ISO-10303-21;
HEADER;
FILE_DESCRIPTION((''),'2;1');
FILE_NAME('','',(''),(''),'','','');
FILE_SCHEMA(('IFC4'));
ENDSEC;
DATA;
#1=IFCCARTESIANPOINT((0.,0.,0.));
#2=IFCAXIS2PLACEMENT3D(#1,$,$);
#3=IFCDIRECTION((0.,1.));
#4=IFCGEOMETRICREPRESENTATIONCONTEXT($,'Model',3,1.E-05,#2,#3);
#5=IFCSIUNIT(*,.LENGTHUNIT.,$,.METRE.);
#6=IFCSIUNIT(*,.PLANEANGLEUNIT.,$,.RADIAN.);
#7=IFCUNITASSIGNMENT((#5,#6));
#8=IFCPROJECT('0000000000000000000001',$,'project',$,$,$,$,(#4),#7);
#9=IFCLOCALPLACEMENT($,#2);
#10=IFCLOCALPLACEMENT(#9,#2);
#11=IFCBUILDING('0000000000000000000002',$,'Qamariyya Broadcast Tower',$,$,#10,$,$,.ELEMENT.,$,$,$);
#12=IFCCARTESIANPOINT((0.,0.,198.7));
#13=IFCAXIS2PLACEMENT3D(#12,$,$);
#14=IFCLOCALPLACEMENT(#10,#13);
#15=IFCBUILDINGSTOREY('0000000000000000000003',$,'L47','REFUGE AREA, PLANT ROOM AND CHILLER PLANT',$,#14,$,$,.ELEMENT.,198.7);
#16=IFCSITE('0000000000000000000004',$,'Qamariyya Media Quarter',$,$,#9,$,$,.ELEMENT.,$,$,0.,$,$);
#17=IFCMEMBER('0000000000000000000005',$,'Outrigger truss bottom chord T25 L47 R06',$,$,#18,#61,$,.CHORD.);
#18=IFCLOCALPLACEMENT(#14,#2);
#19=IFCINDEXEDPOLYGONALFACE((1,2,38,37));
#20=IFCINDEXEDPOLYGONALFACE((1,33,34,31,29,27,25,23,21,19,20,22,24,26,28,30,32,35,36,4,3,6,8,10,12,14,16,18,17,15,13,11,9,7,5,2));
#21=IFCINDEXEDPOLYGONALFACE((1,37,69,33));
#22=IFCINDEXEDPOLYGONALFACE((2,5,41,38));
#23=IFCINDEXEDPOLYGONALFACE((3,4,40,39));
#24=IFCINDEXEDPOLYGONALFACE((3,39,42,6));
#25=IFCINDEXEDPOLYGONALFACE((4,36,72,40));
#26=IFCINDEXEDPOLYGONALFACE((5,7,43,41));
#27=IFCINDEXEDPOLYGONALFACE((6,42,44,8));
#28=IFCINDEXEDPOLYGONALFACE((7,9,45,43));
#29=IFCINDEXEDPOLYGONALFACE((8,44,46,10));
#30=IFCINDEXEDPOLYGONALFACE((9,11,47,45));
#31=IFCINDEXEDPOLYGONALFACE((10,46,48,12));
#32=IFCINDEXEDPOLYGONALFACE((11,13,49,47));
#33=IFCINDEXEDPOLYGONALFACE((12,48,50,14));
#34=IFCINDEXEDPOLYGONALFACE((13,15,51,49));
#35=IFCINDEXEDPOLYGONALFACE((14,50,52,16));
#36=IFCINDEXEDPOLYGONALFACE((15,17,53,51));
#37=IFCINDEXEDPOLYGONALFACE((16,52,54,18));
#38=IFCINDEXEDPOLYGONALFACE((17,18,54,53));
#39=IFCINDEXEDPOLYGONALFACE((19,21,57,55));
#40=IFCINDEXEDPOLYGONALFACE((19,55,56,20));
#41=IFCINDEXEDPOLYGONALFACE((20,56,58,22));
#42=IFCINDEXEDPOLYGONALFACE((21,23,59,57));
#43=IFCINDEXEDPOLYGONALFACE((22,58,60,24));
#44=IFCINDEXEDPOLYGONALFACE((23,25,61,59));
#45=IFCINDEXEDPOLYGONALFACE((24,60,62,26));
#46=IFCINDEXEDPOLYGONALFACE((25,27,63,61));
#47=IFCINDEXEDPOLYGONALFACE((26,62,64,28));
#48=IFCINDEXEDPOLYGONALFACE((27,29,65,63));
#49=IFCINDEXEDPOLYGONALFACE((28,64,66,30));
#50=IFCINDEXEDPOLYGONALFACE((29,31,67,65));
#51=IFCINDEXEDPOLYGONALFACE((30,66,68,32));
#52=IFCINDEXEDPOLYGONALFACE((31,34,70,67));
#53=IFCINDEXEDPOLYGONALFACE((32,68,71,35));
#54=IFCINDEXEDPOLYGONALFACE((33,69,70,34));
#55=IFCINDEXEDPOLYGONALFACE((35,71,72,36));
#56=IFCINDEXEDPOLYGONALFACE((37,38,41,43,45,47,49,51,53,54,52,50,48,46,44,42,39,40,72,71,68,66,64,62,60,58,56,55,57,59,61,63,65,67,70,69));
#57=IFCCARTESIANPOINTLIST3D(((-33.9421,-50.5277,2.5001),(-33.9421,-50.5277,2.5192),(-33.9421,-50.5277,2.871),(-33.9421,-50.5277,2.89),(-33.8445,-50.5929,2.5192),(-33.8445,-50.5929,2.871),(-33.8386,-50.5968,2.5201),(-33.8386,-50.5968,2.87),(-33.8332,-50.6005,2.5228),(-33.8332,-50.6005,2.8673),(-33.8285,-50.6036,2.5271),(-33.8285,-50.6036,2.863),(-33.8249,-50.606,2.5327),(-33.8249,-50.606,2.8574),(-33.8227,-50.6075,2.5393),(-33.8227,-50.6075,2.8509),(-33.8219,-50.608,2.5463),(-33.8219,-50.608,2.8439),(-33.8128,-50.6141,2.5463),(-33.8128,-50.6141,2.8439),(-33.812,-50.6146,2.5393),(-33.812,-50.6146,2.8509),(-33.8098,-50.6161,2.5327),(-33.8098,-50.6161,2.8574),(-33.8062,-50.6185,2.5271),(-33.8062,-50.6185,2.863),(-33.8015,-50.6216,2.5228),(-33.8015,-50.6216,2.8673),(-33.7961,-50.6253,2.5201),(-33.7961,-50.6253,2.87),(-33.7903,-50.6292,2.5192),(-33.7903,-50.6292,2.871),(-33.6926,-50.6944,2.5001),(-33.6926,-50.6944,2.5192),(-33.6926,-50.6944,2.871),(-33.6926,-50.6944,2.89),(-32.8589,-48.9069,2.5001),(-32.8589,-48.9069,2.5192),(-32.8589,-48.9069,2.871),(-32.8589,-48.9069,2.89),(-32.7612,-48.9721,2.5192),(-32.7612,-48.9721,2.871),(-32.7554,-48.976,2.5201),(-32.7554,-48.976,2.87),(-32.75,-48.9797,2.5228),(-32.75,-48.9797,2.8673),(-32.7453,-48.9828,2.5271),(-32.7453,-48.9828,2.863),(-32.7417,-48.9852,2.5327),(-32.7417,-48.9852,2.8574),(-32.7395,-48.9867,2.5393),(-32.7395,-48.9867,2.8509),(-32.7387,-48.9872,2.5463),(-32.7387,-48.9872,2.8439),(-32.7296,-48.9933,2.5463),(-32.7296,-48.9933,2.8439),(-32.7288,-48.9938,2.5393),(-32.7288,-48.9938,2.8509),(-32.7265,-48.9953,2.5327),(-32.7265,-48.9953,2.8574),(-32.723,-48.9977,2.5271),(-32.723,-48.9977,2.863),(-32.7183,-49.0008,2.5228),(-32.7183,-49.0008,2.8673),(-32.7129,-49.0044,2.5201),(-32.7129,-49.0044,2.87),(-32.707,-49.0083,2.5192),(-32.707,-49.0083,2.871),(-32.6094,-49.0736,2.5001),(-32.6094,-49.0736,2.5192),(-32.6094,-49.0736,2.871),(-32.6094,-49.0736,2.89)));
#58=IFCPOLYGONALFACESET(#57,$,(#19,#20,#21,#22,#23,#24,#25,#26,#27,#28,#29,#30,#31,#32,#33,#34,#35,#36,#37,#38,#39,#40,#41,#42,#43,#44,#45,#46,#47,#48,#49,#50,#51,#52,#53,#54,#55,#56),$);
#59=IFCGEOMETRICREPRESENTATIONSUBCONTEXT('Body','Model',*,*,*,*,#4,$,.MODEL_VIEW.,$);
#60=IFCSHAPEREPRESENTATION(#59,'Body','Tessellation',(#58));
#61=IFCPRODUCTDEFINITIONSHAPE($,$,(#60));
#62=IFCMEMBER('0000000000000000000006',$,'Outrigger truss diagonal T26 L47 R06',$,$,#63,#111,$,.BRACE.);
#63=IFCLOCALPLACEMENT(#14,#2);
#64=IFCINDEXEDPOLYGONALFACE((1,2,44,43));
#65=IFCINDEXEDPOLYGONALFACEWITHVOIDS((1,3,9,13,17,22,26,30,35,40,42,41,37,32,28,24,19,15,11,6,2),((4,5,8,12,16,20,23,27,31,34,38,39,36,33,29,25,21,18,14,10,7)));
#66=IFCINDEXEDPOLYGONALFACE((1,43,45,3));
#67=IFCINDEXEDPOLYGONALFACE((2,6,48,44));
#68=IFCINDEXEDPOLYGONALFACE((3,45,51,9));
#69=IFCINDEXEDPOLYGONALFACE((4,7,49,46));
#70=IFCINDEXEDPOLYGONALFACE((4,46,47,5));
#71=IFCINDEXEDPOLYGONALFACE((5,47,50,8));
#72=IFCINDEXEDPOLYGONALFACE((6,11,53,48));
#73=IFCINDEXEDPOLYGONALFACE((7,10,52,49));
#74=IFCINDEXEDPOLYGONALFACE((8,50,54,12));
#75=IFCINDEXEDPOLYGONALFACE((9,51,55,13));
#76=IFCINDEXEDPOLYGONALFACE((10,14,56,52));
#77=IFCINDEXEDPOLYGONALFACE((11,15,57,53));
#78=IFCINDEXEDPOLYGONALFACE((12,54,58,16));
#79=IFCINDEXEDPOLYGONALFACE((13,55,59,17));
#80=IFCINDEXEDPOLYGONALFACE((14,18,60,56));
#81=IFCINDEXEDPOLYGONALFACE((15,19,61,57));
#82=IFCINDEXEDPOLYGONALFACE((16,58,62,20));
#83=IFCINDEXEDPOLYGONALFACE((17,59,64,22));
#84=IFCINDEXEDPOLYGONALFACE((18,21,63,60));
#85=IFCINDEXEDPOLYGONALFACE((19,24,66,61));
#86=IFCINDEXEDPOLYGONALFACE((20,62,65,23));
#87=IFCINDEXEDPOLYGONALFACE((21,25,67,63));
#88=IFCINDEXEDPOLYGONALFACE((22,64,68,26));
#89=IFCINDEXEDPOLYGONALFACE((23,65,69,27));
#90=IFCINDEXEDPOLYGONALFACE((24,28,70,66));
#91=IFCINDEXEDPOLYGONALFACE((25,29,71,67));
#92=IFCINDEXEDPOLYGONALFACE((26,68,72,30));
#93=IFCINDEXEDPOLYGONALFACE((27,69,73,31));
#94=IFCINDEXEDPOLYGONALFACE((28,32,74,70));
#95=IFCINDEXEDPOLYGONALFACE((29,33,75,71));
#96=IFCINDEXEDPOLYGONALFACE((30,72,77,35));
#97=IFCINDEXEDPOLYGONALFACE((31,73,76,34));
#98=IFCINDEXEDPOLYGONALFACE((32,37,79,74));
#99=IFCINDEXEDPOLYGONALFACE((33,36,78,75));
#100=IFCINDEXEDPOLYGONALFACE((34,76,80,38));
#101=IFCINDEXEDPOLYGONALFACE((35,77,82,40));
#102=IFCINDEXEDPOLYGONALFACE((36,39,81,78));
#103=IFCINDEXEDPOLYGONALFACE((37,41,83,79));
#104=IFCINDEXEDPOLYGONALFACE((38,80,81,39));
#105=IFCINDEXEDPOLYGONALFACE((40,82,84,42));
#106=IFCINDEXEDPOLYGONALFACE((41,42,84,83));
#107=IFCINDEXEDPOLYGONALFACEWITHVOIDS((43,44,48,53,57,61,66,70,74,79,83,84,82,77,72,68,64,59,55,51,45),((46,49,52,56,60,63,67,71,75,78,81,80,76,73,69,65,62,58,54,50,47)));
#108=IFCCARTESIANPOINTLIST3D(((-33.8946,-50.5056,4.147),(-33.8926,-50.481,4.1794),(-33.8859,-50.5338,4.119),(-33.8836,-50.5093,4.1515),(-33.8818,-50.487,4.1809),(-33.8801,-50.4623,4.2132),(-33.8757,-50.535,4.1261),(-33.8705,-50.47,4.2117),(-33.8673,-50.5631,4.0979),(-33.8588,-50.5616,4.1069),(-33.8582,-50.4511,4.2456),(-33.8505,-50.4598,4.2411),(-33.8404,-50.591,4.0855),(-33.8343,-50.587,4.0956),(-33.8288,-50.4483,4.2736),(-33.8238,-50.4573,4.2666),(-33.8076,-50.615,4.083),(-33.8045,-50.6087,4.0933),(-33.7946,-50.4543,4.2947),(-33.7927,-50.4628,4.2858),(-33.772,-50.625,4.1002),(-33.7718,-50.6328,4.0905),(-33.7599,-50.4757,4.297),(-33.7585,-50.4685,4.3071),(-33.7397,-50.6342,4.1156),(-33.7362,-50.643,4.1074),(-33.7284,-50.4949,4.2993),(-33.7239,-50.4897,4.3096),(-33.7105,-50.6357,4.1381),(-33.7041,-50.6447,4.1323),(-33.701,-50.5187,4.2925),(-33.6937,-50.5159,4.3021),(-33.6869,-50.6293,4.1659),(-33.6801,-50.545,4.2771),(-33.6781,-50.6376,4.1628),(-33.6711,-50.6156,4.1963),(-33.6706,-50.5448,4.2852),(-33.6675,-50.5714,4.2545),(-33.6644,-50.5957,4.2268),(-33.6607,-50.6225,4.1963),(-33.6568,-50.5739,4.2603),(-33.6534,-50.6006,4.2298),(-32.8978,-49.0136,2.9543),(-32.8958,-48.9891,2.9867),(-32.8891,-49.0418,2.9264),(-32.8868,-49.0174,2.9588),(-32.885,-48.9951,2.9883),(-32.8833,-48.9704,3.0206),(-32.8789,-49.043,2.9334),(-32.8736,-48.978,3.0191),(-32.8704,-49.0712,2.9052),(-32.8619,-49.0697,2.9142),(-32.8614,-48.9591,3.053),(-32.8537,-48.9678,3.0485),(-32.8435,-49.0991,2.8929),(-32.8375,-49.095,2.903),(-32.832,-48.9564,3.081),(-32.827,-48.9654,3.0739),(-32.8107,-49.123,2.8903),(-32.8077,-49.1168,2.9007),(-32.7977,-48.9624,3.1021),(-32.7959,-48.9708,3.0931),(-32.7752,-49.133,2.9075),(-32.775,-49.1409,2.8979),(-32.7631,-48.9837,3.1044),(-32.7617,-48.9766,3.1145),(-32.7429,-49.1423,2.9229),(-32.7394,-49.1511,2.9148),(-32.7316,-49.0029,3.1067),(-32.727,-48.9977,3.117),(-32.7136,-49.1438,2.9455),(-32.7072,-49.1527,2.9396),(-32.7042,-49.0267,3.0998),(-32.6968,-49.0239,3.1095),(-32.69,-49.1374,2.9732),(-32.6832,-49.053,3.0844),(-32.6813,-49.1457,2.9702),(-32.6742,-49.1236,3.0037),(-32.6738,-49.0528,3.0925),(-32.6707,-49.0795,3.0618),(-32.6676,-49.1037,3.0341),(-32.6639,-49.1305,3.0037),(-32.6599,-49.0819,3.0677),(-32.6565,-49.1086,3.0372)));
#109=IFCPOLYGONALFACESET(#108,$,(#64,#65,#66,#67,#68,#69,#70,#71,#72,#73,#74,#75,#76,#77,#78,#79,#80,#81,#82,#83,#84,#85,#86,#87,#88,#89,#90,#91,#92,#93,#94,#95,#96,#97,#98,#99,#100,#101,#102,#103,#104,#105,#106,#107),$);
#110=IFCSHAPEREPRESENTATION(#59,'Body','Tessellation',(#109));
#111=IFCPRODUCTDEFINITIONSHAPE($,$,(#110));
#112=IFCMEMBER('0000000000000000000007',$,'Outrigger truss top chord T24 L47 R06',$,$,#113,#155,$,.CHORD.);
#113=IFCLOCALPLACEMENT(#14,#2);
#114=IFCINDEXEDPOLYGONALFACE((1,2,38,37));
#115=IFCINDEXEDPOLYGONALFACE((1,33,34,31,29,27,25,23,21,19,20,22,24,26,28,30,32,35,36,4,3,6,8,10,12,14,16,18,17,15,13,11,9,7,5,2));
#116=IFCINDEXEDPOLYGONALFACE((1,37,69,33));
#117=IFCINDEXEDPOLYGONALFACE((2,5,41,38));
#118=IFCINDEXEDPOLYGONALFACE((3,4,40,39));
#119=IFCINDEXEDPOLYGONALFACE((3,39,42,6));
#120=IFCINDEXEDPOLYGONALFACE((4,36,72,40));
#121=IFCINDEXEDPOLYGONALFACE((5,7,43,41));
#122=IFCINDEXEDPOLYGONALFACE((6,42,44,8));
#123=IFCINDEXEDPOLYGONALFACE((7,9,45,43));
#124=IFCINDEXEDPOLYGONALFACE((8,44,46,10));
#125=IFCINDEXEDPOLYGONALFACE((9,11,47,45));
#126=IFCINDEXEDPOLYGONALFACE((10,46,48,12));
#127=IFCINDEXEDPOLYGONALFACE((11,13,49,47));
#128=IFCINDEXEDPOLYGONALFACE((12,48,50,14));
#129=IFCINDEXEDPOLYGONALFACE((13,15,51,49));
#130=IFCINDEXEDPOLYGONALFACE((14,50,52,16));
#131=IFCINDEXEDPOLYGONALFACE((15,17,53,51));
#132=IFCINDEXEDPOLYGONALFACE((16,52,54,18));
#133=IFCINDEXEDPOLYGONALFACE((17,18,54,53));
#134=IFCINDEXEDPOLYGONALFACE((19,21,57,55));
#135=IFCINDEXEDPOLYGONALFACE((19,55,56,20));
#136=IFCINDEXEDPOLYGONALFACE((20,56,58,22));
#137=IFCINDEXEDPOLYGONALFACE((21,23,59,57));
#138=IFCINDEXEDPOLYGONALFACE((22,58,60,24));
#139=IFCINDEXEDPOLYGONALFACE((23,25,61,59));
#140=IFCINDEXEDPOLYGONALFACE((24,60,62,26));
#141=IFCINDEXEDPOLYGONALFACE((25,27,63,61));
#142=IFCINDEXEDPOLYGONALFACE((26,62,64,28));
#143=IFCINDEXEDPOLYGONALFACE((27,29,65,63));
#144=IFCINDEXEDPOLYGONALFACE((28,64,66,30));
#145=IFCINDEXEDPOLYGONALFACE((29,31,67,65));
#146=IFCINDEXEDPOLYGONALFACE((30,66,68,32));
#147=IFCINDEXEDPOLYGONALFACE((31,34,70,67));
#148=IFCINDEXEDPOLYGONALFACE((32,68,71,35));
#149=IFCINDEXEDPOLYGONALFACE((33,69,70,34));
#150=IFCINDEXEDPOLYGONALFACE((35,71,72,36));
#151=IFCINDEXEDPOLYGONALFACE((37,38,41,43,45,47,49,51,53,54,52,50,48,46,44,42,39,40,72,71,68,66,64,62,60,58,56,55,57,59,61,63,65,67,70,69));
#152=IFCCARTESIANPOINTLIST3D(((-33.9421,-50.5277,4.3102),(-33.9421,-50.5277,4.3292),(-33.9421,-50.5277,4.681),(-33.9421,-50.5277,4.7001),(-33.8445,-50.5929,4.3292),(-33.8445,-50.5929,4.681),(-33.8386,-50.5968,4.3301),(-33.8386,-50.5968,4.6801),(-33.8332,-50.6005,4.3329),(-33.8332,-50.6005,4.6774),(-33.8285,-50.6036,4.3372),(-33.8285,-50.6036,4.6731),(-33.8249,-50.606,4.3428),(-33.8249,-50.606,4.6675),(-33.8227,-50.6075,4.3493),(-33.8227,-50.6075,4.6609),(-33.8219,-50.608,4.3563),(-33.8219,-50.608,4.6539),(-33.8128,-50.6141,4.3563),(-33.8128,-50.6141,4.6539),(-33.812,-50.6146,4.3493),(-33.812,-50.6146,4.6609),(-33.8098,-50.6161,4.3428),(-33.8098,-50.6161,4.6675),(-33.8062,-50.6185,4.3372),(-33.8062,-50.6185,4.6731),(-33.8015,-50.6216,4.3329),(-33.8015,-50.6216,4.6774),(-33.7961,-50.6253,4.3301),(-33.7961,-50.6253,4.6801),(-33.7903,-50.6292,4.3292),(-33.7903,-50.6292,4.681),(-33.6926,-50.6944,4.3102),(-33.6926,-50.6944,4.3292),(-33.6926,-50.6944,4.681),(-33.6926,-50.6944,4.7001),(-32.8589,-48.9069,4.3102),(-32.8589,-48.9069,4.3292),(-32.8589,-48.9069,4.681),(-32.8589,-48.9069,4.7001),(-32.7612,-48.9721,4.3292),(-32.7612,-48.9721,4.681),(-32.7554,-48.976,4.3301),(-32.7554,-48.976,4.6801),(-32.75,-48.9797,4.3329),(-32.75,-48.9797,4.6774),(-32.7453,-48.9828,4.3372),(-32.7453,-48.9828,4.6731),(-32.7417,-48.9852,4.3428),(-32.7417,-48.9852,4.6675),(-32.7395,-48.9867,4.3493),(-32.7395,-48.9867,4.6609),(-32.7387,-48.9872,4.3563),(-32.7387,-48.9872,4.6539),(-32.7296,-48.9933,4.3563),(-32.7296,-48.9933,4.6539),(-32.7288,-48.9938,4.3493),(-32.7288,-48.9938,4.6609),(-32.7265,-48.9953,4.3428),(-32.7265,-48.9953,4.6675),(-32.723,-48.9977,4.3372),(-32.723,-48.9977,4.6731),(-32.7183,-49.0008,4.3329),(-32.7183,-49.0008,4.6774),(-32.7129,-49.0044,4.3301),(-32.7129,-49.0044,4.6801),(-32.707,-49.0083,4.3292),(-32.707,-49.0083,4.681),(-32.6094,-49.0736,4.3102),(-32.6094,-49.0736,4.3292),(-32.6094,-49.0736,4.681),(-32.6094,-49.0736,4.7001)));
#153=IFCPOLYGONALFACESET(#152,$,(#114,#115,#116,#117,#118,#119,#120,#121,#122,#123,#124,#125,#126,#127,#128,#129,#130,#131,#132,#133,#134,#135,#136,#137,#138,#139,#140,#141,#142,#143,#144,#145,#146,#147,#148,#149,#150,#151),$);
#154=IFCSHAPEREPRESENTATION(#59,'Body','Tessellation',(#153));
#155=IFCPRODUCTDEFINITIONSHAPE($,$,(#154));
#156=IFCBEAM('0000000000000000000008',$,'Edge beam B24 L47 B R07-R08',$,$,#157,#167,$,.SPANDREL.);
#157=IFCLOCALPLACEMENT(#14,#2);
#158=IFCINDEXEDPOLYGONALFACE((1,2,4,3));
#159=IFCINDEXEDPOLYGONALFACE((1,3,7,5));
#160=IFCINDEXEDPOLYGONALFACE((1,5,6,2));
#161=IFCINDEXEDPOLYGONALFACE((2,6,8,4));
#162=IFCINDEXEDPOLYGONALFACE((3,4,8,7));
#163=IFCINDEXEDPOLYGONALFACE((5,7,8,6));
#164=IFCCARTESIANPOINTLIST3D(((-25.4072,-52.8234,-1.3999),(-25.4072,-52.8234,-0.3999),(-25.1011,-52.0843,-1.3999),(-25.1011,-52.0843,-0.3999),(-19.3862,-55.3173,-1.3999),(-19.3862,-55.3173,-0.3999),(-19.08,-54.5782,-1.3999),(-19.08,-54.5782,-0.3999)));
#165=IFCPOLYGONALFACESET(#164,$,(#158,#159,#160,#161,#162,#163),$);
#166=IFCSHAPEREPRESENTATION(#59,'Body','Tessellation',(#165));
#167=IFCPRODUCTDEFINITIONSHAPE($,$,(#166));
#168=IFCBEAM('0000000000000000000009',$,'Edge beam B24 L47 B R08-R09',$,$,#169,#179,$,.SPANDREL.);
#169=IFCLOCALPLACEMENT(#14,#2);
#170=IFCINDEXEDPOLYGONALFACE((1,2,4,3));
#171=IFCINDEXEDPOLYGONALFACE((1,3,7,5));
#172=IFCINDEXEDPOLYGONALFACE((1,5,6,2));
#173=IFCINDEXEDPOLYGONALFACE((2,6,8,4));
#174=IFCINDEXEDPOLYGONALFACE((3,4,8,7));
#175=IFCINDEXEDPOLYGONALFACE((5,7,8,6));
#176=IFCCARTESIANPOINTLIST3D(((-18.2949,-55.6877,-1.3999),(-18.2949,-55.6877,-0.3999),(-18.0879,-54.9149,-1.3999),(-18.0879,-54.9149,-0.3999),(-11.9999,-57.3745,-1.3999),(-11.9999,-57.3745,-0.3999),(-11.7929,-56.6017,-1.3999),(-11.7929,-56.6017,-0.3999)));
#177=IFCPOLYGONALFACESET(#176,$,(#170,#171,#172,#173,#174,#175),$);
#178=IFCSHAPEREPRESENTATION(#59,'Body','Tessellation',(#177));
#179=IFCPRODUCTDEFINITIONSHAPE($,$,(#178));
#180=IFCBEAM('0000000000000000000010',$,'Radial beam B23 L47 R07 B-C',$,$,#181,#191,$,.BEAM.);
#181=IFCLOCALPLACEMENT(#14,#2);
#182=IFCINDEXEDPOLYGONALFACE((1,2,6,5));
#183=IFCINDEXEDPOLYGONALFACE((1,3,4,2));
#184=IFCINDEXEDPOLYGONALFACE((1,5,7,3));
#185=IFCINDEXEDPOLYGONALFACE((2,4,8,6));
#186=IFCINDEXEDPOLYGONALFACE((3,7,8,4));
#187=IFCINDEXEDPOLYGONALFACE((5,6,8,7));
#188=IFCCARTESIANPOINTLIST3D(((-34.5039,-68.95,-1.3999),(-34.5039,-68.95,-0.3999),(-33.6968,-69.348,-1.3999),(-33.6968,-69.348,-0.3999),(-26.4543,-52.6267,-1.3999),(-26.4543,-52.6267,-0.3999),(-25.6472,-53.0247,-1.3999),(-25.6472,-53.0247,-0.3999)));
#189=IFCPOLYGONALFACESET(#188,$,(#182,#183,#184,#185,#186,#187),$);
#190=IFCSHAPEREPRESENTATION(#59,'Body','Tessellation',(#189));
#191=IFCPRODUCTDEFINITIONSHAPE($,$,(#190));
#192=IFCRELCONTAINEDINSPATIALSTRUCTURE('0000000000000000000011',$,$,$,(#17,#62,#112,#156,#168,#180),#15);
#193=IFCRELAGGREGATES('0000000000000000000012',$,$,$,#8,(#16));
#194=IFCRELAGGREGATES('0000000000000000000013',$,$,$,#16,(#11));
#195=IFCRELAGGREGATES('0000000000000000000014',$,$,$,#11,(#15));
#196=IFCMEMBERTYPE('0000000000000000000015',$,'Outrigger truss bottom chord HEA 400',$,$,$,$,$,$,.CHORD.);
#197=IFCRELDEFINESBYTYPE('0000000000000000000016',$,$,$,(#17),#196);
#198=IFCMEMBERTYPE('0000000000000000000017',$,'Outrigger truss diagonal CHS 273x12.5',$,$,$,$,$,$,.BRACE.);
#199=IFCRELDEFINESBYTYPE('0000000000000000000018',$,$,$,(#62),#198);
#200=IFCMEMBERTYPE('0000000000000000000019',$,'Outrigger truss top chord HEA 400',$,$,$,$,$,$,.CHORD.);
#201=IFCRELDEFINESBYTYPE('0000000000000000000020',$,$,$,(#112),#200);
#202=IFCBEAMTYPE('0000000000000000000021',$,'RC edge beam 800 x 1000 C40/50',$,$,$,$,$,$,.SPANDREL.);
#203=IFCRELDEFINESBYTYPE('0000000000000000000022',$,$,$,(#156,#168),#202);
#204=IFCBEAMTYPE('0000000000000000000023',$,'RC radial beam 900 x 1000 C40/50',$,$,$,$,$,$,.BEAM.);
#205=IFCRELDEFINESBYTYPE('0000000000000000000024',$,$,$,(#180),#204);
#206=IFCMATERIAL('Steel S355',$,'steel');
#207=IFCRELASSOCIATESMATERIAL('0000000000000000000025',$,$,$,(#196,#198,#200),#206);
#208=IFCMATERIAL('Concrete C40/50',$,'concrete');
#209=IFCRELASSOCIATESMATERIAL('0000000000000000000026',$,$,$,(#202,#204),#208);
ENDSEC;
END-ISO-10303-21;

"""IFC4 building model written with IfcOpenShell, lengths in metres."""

from ifc_helpers import new_model, si_unit, direction, frame, origin, origin_2d, place, context, subcontext, project, spatial, rectangle, hollow_circle, i_section, extrude, material, material_profile, profile_set, type_object, element, save


model = new_model("IFC4")

# Units and contexts
model_context = context("Model", 3, precision=1e-05, world=origin(), true_north=direction((0.0, 1.0)))
body_context = subcontext(model_context, "Body", "Model", "MODEL_VIEW")
ifc_project = project(units=[si_unit("LENGTHUNIT", "METRE"), si_unit("PLANEANGLEUNIT", "RADIAN")], contexts=[model_context])

# Site, building, storey
site_placement = place(None, origin())
site = spatial("IfcSite", under=ifc_project, at=site_placement, Name="Qamariyya Media Quarter", CompositionType="ELEMENT", RefElevation=0.0)
building_placement = place(site_placement, origin())
building = spatial("IfcBuilding", under=site, at=building_placement, Name="Qamariyya Broadcast Tower", CompositionType="ELEMENT")
storey_placement = place(building_placement, frame((0.0, 0.0, 198.7)))
storey = spatial("IfcBuildingStorey", under=building, at=storey_placement, Name="L47", Description="REFUGE AREA, PLANT ROOM AND CHILLER PLANT", CompositionType="ELEMENT", Elevation=198.7)

# Members
ifc_material_1 = material(Name="Steel S355", Category="steel")
ifc_material_profile_1 = material_profile(ifc_material_1, i_section(OverallWidth=0.3, OverallDepth=0.3899, WebThickness=0.011, FlangeThickness=0.019, FilletRadius=0.0271, at=origin_2d()))
ifc_profile_set_1 = profile_set([ifc_material_profile_1], Name="Steel S355")
member_type_1 = type_object("IfcMemberType", Name="Outrigger truss bottom chord HEA 400", PredefinedType="CHORD", material=ifc_profile_set_1)
member_1_placement = place(storey_placement, frame((-32.7341, -48.9902, 2.6951), z_axis=(-0.555654, -0.831414, 0.0), x_axis=(0.831414, -0.555654, 0.0)))
element("IfcMember", 1, at=member_1_placement, inside=storey, type_object=member_type_1, Name="Outrigger truss bottom chord T25 L47 R06", PredefinedType="CHORD", context=body_context, shape_type="SweptSolid", body=[
    extrude(i_section(OverallWidth=0.3, OverallDepth=0.3899, WebThickness=0.011, FlangeThickness=0.019, FilletRadius=0.0271, at=origin_2d()), origin(), (0.0, 0.0, 1.0), 1.9495),
])
ifc_material_profile_2 = material_profile(ifc_material_1, hollow_circle(Radius=0.1365, WallThickness=0.0125, at=origin_2d()))
ifc_profile_set_2 = profile_set([ifc_material_profile_2], Name="Steel S355")
member_type_2 = type_object("IfcMemberType", Name="Outrigger truss diagonal CHS 273x12.5", PredefinedType="BRACE", material=ifc_profile_set_2)
member_2_placement = place(storey_placement, frame((-32.7773, -49.0547, 3.0037), z_axis=(-0.462669, -0.692474, 0.553549), x_axis=(0.831485, -0.555548, 0.0)))
element("IfcMember", 2, at=member_2_placement, inside=storey, type_object=member_type_2, Name="Outrigger truss diagonal T26 L47 R06", PredefinedType="BRACE", context=body_context, shape_type="SweptSolid", body=[
    extrude(hollow_circle(Radius=0.1365, WallThickness=0.0125, at=origin_2d()), origin(), (0.0, 0.0, 1.0), 2.1545),
])
ifc_material_profile_3 = material_profile(ifc_material_1, i_section(OverallWidth=0.3, OverallDepth=0.3899, WebThickness=0.011, FlangeThickness=0.019, FilletRadius=0.0271, at=origin_2d()))
ifc_profile_set_3 = profile_set([ifc_material_profile_3], Name="Steel S355")
member_type_3 = type_object("IfcMemberType", Name="Outrigger truss top chord HEA 400", PredefinedType="CHORD", material=ifc_profile_set_3)
member_3_placement = place(storey_placement, frame((-32.7341, -48.9902, 4.5051), z_axis=(-0.555654, -0.831414, 0.0), x_axis=(0.831414, -0.555654, 0.0)))
element("IfcMember", 3, at=member_3_placement, inside=storey, type_object=member_type_3, Name="Outrigger truss top chord T24 L47 R06", PredefinedType="CHORD", context=body_context, shape_type="SweptSolid", body=[
    extrude(i_section(OverallWidth=0.3, OverallDepth=0.3899, WebThickness=0.011, FlangeThickness=0.019, FilletRadius=0.0271, at=origin_2d()), origin(), (0.0, 0.0, 1.0), 1.9495),
])

# Beams
ifc_material_2 = material(Name="Concrete C40/50", Category="concrete")
ifc_material_profile_4 = material_profile(ifc_material_2, rectangle(XDim=0.8, YDim=1.0, at=origin_2d()))
ifc_profile_set_4 = profile_set([ifc_material_profile_4], Name="Concrete C40/50")
beam_type_1 = type_object("IfcBeamType", Name="RC edge beam 800 x 1000 C40/50", PredefinedType="SPANDREL", material=ifc_profile_set_4)
for number, where, z_axis, x_axis, name in (
    (4, (-25.2542, -52.4539, -0.8999), (0.923884, -0.382673, 0.0), (0.382673, 0.923884, 0.0), "Edge beam B24 L47 B R07-R08"),
    (5, (-18.1914, -55.3013, -0.8999), (0.965924, -0.258826, 0.0), (0.258826, 0.965924, 0.0), "Edge beam B24 L47 B R08-R09"),
):
    element("IfcBeam", number, at=place(storey_placement, frame(where, z_axis=z_axis, x_axis=x_axis)), inside=storey, type_object=beam_type_1, Name=name, PredefinedType="SPANDREL", context=body_context, shape_type="SweptSolid", body=[
        extrude(rectangle(XDim=0.8, YDim=1.0, at=origin_2d()), origin(), (0.0, 0.0, 1.0), 6.5171),
    ])
ifc_material_profile_5 = material_profile(ifc_material_2, rectangle(XDim=0.8999, YDim=1.0, at=origin_2d()))
ifc_profile_set_5 = profile_set([ifc_material_profile_5], Name="Concrete C40/50")
beam_type_2 = type_object("IfcBeamType", Name="RC radial beam 900 x 1000 C40/50", PredefinedType="BEAM", material=ifc_profile_set_5)
beam_1_placement = place(storey_placement, frame((-26.0508, -52.8257, -0.8999), z_axis=(-0.442281, -0.896876, 0.0), x_axis=(0.896876, -0.442281, 0.0)))
element("IfcBeam", 6, at=beam_1_placement, inside=storey, type_object=beam_type_2, Name="Radial beam B23 L47 R07 B-C", PredefinedType="BEAM", context=body_context, shape_type="SweptSolid", body=[
    extrude(rectangle(XDim=0.8999, YDim=1.0, at=origin_2d()), origin(), (0.0, 0.0, 1.0), 18.2002),
])

save(model, "model.ifc")
